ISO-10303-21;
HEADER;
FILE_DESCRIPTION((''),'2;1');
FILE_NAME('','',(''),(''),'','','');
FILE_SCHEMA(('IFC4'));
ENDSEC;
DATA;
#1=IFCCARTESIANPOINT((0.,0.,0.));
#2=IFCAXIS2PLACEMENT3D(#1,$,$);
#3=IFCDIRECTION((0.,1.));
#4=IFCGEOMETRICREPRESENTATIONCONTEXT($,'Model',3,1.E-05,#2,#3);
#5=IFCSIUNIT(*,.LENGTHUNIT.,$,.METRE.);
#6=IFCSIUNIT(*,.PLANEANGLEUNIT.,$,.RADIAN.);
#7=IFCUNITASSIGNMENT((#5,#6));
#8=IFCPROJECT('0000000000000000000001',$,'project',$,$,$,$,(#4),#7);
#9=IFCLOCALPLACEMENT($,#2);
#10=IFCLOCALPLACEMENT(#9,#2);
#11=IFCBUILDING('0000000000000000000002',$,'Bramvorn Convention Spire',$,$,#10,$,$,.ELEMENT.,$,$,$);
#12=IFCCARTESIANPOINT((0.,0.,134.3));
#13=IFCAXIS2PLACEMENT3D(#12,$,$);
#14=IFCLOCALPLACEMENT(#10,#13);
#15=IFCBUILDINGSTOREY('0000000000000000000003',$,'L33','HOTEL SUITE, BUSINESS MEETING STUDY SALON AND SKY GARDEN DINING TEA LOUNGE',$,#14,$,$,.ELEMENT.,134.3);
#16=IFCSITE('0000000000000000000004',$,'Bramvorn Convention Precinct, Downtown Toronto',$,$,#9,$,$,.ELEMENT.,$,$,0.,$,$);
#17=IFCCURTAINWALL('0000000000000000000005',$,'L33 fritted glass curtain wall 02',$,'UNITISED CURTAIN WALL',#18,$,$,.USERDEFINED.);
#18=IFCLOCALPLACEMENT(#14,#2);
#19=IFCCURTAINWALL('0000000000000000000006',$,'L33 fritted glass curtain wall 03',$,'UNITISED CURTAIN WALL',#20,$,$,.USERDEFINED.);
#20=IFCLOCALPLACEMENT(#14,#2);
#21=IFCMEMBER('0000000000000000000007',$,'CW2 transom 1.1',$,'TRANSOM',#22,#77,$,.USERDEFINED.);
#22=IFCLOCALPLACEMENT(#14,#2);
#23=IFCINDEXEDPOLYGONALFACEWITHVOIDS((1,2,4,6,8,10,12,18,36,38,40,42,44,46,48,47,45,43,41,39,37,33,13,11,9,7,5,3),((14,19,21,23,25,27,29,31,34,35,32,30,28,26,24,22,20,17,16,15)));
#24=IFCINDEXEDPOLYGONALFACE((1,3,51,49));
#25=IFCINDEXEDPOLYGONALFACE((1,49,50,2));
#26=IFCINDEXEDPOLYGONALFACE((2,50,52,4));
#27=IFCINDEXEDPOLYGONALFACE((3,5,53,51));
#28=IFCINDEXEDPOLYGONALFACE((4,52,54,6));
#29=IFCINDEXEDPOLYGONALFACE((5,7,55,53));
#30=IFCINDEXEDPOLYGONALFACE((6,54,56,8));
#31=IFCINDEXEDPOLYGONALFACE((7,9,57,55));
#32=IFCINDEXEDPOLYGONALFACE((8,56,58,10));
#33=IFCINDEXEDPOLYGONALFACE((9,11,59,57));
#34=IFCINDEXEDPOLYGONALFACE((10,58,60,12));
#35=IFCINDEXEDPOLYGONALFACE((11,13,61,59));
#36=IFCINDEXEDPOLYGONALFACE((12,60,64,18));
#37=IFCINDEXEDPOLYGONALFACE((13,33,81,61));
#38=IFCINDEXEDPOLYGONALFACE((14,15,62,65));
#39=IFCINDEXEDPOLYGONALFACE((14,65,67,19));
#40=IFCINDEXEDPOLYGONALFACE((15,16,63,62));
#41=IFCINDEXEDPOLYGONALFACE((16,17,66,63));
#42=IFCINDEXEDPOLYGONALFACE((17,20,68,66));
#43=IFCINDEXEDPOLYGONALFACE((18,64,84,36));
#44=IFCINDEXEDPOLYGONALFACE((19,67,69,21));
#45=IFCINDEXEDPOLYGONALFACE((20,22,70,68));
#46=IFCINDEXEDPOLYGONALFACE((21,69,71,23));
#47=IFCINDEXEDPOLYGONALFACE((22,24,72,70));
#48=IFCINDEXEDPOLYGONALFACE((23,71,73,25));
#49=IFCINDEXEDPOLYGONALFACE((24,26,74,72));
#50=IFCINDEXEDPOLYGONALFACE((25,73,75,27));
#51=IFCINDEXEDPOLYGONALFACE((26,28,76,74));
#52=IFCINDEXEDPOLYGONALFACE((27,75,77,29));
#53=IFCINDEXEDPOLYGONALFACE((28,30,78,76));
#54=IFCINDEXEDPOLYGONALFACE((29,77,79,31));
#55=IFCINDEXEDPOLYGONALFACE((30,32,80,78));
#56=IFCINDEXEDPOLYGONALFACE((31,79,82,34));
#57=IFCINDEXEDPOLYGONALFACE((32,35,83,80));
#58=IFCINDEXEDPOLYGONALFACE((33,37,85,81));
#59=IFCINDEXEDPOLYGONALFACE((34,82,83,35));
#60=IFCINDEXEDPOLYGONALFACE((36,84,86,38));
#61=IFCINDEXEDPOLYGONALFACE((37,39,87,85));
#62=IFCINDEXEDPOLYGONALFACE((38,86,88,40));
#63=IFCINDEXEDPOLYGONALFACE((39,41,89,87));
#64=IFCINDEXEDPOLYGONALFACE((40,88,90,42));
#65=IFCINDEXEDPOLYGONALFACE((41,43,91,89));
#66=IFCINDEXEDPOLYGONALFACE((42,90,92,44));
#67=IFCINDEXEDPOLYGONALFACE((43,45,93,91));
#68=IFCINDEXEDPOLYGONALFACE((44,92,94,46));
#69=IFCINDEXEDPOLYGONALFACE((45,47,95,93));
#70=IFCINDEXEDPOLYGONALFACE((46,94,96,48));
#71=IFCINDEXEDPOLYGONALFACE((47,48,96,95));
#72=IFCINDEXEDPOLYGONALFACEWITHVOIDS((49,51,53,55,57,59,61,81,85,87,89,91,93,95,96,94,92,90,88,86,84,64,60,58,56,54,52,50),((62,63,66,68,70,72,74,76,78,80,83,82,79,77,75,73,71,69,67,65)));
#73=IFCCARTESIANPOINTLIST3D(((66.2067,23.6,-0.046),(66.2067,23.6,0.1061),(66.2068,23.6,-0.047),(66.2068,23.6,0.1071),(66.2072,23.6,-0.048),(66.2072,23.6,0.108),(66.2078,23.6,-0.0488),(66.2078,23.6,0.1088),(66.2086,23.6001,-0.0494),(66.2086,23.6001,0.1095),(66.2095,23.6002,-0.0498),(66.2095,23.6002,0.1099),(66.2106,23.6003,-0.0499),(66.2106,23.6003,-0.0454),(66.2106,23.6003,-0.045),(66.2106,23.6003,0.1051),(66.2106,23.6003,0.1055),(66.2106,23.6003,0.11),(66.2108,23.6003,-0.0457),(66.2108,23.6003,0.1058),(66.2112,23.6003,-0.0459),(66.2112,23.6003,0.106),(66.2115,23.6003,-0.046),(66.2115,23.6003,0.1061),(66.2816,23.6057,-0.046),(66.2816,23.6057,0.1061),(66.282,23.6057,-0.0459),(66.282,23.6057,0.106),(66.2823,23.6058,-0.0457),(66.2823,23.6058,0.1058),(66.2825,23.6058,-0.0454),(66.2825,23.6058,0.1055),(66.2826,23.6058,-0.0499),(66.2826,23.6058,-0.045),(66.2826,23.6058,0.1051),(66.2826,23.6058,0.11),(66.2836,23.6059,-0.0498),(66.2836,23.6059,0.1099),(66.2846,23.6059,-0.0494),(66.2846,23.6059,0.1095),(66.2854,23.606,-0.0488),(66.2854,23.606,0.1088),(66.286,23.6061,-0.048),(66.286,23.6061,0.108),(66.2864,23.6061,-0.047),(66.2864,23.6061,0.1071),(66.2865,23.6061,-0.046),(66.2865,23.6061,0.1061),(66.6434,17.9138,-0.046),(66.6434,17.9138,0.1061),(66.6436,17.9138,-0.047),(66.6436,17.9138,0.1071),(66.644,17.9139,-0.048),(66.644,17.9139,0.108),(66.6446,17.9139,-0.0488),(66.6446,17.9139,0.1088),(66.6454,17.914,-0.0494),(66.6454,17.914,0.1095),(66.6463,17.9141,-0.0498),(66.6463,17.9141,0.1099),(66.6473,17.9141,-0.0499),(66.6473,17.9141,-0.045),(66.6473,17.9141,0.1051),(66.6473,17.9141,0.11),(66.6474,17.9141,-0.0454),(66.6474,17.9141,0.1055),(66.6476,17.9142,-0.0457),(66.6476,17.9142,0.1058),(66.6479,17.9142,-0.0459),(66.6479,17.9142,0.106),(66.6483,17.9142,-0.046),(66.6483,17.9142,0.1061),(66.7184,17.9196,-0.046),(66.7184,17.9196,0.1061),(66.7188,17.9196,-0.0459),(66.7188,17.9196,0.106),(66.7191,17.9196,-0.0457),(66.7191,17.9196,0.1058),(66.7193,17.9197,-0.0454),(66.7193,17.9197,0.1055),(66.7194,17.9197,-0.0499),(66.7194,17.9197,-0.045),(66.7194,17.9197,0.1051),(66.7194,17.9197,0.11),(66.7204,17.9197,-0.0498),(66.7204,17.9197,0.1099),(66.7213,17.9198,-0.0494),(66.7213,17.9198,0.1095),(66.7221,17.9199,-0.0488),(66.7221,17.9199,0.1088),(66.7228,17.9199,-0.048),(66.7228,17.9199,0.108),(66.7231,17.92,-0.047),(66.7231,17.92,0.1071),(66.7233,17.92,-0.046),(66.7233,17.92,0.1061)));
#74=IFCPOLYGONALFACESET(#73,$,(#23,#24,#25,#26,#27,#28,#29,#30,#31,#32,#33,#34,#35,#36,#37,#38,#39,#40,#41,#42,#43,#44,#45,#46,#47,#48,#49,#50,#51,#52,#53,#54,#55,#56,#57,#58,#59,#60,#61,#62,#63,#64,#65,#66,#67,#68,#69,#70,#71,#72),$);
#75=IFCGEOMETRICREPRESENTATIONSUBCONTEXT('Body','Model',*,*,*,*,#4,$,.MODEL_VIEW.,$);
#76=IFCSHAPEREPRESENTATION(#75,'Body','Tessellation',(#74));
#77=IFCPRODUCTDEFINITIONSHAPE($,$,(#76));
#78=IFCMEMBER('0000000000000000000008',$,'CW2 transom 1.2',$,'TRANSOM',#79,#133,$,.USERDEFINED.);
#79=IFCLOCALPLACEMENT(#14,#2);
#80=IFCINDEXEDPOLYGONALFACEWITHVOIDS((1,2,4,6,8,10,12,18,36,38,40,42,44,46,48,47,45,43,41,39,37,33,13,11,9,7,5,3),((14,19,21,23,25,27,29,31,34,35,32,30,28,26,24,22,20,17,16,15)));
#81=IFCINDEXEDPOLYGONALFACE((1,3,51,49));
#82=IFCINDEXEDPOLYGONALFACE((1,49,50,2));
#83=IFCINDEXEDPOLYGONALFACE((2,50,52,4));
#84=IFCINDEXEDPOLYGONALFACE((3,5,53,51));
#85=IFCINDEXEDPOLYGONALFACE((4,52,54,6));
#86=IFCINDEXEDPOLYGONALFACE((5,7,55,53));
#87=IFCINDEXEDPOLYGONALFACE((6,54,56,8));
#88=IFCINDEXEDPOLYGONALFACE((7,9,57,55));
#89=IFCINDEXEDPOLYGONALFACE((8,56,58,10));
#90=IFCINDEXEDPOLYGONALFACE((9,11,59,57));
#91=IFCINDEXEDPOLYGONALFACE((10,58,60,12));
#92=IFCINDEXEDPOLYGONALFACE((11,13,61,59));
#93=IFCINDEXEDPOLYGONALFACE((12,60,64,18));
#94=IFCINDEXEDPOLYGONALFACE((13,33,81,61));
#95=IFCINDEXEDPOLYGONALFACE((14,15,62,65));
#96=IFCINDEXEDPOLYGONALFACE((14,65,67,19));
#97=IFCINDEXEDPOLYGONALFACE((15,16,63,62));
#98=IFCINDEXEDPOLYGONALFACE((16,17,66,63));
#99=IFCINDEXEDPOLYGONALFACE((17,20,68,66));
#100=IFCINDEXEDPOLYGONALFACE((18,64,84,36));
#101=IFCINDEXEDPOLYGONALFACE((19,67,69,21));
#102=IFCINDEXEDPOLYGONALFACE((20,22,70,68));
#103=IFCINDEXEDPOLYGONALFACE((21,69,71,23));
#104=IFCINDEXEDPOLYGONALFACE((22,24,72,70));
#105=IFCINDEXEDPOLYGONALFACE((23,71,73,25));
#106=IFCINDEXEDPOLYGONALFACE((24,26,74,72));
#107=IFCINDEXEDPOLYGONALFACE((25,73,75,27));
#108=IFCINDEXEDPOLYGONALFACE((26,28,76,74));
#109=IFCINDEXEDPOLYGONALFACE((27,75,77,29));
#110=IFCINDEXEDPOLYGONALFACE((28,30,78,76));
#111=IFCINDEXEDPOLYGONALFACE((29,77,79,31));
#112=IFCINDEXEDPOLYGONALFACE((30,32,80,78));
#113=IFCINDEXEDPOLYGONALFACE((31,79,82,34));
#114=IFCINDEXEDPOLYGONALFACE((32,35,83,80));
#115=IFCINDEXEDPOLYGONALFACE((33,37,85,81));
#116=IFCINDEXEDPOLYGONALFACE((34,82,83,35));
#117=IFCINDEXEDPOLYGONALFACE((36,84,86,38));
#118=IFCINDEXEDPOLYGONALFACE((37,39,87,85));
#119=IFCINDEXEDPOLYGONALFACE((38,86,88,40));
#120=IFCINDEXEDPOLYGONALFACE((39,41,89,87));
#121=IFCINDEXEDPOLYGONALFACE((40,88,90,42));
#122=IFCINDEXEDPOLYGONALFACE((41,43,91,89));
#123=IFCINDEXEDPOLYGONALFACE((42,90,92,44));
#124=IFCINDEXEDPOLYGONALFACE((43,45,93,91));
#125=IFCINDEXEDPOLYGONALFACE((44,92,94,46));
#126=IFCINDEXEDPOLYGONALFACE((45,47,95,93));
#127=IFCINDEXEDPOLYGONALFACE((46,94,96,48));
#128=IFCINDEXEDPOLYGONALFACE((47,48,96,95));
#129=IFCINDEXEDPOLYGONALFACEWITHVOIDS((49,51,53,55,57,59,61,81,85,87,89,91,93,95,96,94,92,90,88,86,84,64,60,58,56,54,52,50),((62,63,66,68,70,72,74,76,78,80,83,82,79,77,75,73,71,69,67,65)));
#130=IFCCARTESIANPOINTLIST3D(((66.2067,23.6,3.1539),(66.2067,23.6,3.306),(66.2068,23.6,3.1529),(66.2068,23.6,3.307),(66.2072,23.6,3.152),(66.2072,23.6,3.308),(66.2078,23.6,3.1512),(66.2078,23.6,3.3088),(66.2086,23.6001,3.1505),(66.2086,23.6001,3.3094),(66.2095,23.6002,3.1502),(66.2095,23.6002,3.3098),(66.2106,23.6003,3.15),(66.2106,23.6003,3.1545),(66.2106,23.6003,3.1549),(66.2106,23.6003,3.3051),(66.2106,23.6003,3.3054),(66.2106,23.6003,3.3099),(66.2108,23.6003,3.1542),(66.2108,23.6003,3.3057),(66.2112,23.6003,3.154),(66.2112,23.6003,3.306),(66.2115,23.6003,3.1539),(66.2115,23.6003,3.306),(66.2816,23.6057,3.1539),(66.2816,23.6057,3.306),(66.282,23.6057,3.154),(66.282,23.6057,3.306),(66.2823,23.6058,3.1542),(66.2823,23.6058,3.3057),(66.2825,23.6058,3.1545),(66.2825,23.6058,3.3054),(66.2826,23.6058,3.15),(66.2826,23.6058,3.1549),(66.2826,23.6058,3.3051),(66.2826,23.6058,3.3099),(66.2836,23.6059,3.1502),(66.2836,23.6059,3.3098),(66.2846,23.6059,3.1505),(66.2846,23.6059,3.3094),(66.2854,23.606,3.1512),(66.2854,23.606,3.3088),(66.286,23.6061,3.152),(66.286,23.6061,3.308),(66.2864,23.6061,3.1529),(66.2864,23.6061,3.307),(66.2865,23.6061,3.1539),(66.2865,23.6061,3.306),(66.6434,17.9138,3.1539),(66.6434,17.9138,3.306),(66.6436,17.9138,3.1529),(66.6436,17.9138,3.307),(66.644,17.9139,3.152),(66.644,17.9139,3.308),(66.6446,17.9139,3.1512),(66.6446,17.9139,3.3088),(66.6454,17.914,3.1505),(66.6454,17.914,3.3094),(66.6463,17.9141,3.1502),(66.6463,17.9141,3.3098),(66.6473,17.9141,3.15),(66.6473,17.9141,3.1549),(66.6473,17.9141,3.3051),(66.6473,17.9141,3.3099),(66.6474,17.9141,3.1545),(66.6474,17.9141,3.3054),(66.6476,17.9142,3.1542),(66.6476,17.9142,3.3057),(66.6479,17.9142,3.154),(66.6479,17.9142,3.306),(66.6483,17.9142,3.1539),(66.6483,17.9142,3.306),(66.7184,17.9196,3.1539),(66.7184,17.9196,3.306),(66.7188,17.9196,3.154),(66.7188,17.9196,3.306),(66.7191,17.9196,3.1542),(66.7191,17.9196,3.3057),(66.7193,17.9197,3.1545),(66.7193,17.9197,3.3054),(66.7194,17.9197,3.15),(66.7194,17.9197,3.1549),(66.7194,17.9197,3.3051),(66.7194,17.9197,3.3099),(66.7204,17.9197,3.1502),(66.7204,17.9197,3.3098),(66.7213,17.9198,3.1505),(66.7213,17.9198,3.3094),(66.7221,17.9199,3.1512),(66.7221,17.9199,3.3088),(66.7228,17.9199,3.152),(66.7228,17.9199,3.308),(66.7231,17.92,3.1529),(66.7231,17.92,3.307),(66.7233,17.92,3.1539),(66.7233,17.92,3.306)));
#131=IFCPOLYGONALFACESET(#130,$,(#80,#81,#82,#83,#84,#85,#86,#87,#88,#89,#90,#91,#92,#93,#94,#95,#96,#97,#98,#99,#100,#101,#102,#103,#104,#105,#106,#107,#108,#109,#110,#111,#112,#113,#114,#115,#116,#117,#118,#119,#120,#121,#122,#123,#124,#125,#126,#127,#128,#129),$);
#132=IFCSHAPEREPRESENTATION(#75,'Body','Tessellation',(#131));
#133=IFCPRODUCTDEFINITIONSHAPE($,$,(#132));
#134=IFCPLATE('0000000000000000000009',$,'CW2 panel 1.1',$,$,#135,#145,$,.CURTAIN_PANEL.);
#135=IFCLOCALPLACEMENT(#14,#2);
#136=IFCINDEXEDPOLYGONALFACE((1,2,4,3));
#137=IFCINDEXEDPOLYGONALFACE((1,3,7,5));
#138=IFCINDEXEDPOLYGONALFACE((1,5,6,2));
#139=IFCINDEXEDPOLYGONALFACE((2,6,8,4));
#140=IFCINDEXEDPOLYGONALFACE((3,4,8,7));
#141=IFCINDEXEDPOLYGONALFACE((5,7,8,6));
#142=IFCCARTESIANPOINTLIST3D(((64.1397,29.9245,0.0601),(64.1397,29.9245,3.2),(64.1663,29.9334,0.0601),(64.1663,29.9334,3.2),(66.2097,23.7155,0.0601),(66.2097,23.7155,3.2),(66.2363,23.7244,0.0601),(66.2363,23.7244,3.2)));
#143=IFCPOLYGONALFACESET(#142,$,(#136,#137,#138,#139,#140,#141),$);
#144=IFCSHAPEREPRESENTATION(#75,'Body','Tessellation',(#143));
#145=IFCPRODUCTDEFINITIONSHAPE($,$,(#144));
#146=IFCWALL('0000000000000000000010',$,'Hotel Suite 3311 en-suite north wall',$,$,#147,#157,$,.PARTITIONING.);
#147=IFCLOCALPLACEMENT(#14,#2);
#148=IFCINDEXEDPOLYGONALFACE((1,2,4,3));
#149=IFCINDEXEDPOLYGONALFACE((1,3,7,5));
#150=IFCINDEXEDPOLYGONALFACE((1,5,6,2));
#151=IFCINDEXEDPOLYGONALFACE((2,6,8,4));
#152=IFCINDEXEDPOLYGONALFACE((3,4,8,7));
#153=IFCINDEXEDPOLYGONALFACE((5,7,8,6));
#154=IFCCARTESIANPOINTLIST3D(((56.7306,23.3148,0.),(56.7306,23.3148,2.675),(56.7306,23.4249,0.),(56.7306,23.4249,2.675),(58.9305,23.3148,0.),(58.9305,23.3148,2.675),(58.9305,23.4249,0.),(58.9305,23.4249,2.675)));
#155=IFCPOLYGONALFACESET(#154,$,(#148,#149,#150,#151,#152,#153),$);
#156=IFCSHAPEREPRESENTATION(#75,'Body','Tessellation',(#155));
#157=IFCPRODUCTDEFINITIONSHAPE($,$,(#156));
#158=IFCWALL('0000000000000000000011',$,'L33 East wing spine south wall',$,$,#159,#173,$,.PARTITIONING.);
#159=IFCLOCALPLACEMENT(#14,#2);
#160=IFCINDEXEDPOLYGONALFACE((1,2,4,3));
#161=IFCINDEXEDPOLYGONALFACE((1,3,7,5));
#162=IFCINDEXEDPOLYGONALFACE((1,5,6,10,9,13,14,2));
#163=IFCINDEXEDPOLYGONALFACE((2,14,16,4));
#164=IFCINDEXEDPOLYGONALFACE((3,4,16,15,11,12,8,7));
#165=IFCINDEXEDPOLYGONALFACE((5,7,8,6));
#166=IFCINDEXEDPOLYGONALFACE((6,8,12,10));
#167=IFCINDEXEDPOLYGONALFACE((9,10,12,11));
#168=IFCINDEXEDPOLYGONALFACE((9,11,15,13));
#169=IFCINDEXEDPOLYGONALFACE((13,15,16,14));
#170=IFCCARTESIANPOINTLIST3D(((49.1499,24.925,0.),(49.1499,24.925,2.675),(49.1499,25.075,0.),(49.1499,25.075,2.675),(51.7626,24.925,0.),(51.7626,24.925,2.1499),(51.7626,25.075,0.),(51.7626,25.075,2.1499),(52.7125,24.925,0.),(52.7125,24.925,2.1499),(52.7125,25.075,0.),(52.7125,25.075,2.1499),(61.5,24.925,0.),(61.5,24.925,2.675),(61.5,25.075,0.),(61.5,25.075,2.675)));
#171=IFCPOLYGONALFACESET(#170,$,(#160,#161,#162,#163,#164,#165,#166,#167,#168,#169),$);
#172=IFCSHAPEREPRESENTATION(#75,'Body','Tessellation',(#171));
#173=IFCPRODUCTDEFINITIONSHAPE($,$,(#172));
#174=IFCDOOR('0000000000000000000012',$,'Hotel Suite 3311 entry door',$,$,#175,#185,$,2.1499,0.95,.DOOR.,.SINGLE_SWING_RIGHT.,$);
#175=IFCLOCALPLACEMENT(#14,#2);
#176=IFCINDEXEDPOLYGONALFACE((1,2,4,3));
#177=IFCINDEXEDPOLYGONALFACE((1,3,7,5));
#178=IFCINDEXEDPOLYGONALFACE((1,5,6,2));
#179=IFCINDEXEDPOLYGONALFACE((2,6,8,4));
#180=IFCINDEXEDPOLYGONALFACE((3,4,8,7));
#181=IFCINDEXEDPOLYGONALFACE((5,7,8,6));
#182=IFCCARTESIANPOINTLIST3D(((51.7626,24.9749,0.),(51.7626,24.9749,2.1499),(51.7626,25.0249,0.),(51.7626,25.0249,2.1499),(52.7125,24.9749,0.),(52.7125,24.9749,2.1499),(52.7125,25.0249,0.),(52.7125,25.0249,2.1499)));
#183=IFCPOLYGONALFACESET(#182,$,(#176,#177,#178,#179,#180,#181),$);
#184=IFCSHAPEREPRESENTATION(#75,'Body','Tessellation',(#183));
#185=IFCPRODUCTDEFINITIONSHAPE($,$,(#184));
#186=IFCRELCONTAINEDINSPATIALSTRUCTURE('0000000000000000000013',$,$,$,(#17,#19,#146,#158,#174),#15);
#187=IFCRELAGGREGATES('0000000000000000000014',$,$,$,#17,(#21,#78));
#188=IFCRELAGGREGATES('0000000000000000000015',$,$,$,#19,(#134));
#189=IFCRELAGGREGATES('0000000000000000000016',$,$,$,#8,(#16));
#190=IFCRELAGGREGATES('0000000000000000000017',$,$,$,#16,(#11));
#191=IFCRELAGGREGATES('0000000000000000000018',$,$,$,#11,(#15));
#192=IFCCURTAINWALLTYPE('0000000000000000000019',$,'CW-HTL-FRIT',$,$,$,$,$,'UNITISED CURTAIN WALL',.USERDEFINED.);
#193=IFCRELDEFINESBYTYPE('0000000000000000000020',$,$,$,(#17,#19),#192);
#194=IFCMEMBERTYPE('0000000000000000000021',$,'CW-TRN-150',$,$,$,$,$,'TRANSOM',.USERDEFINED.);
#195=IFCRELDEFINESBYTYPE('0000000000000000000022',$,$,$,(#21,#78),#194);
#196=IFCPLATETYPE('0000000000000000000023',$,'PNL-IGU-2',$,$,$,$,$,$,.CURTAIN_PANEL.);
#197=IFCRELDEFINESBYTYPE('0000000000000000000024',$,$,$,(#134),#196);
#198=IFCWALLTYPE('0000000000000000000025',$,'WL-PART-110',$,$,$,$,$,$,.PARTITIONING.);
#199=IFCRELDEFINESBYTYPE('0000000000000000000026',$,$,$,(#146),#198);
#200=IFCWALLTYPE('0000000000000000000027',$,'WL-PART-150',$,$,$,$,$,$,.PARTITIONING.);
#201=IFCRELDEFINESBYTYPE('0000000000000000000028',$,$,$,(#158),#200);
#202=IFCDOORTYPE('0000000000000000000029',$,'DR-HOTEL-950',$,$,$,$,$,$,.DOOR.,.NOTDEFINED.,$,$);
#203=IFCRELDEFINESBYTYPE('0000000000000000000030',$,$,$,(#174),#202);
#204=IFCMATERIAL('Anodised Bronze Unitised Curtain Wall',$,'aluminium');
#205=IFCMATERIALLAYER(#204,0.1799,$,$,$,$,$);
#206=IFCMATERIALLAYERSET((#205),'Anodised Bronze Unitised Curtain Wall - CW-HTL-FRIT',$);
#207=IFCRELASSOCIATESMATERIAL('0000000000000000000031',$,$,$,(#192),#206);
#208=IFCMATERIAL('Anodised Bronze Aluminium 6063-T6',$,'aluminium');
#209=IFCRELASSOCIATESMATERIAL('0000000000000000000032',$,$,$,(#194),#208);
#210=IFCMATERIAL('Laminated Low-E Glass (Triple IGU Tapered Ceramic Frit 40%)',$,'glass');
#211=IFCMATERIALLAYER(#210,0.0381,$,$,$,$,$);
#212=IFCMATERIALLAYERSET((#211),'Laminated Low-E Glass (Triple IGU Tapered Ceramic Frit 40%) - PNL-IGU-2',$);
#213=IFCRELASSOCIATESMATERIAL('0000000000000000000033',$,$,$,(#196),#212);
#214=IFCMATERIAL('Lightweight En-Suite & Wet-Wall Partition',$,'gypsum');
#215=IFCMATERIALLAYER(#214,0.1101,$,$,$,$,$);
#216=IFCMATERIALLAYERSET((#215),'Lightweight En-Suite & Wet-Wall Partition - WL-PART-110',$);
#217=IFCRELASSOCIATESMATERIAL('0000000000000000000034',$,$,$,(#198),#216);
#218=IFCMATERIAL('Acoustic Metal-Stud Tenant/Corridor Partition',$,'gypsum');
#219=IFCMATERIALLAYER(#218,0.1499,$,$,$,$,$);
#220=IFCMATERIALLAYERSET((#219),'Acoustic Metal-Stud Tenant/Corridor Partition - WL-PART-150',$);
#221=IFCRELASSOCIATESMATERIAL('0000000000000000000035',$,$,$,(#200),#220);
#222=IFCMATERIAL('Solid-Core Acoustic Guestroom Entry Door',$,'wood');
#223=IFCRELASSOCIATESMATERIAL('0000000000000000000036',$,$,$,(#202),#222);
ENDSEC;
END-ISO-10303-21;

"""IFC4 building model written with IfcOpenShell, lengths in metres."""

from ifc_helpers import new_model, si_unit, direction, frame, frame_2d, origin, origin_2d, place, context, subcontext, project, spatial, rectangle, hollow_rectangle, extrude, material, layer, layer_set, material_profile, profile_set, type_object, element, fill, aggregate, save


model = new_model("IFC4")

# Units and contexts
model_context = context("Model", 3, precision=1e-05, world=origin(), true_north=direction((0.0, 1.0)))
body_context = subcontext(model_context, "Body", "Model", "MODEL_VIEW")
ifc_project = project(units=[si_unit("LENGTHUNIT", "METRE"), si_unit("PLANEANGLEUNIT", "RADIAN")], contexts=[model_context])

# Site, building, storey
site_placement = place(None, origin())
site = spatial("IfcSite", under=ifc_project, at=site_placement, Name="Bramvorn Convention Precinct, Downtown Toronto", CompositionType="ELEMENT", RefElevation=0.0)
building_placement = place(site_placement, origin())
building = spatial("IfcBuilding", under=site, at=building_placement, Name="Bramvorn Convention Spire", CompositionType="ELEMENT")
storey_placement = place(building_placement, frame((0.0, 0.0, 134.3)))
storey = spatial("IfcBuildingStorey", under=building, at=storey_placement, Name="L33", Description="HOTEL SUITE, BUSINESS MEETING STUDY SALON AND SKY GARDEN DINING TEA LOUNGE", CompositionType="ELEMENT", Elevation=134.3)

# Curtain walls
ifc_material_1 = material(Name="Anodised Bronze Unitised Curtain Wall", Category="aluminium")
ifc_layer_1 = layer(ifc_material_1, 0.1799)
ifc_layer_set_1 = layer_set([ifc_layer_1], Name="Anodised Bronze Unitised Curtain Wall - CW-HTL-FRIT")
curtain_wall_type = type_object("IfcCurtainWallType", Name="CW-HTL-FRIT", ElementType="UNITISED CURTAIN WALL", PredefinedType="USERDEFINED", material=ifc_layer_set_1)
curtain_wall_1_placement = place(storey_placement, origin())
curtain_wall_1 = element("IfcCurtainWall", 1, at=curtain_wall_1_placement, inside=storey, type_object=curtain_wall_type, Name="L33 fritted glass curtain wall 02", ObjectType="UNITISED CURTAIN WALL", PredefinedType="USERDEFINED")
ifc_material_2 = material(Name="Anodised Bronze Aluminium 6063-T6", Category="aluminium")
curtain_wall_2_placement = place(storey_placement, origin())
curtain_wall_2 = element("IfcCurtainWall", 2, at=curtain_wall_2_placement, inside=storey, type_object=curtain_wall_type, Name="L33 fritted glass curtain wall 03", ObjectType="UNITISED CURTAIN WALL", PredefinedType="USERDEFINED")

# Members
ifc_material_profile_1 = material_profile(ifc_material_2, hollow_rectangle(XDim=0.0801, YDim=0.1599, WallThickness=0.0039, InnerFilletRadius=0.001, OuterFilletRadius=0.0039, at=origin_2d()))
ifc_profile_set_1 = profile_set([ifc_material_profile_1], Name="Anodised Bronze Aluminium 6063-T6 - CWT80X160")
member_type_1 = type_object("IfcMemberType", Name="CW-TRN-150", ElementType="TRANSOM", PredefinedType="USERDEFINED", material=ifc_profile_set_1)
member_1_placement = place(storey_placement, frame((66.2466, 23.603, 0.03), z_axis=(0.076588, -0.997063, 0.0), x_axis=(0.997063, 0.076588, 0.0)))
member_1 = element("IfcMember", 3, at=member_1_placement, type_object=member_type_1, Name="CW2 transom 1.1", ObjectType="TRANSOM", PredefinedType="USERDEFINED", context=body_context, shape_type="SweptSolid", body=[
    extrude(hollow_rectangle(XDim=0.0801, YDim=0.1599, WallThickness=0.0039, InnerFilletRadius=0.001, OuterFilletRadius=0.0039, at=origin_2d()), origin(), (0.0, 0.0, 1.0), 5.7029),
])
member_2_placement = place(storey_placement, frame((66.2466, 23.603, 3.23), z_axis=(0.076588, -0.997063, 0.0), x_axis=(0.997063, 0.076588, 0.0)))
member_2 = element("IfcMember", 4, at=member_2_placement, type_object=member_type_1, Name="CW2 transom 1.2", ObjectType="TRANSOM", PredefinedType="USERDEFINED", context=body_context, shape_type="SweptSolid", body=[
    extrude(hollow_rectangle(XDim=0.0801, YDim=0.1599, WallThickness=0.0039, InnerFilletRadius=0.001, OuterFilletRadius=0.0039, at=origin_2d()), origin(), (0.0, 0.0, 1.0), 5.7029),
])
aggregate(curtain_wall_1, [member_1, member_2])

# Plate
ifc_material_3 = material(Name="Laminated Low-E Glass (Triple IGU Tapered Ceramic Frit 40%)", Category="glass")
ifc_layer_2 = layer(ifc_material_3, 0.0381)
ifc_layer_set_2 = layer_set([ifc_layer_2], Name="Laminated Low-E Glass (Triple IGU Tapered Ceramic Frit 40%) - PNL-IGU-2")
plate_type = type_object("IfcPlateType", Name="PNL-IGU-2", PredefinedType="CURTAIN_PANEL", material=ifc_layer_set_2)
plate_placement = place(storey_placement, frame((65.188, 26.8245, 0.0601), z_axis=(0.0, 0.0, 1.0), x_axis=(0.316277, -0.948667, 0.0)))
plate = element("IfcPlate", 5, at=plate_placement, type_object=plate_type, Name="CW2 panel 1.1", PredefinedType="CURTAIN_PANEL", context=body_context, shape_type="SweptSolid", body=[
    extrude(rectangle(XDim=6.5449, YDim=0.0281, at=origin_2d()), origin(), (0.0, 0.0, 1.0), 3.1399),
])
aggregate(curtain_wall_2, [plate])

# Wall
ifc_material_4 = material(Name="Lightweight En-Suite & Wet-Wall Partition", Category="gypsum")
ifc_layer_3 = layer(ifc_material_4, 0.1101)
ifc_layer_set_3 = layer_set([ifc_layer_3], Name="Lightweight En-Suite & Wet-Wall Partition - WL-PART-110")
wall_type_1 = type_object("IfcWallType", Name="WL-PART-110", PredefinedType="PARTITIONING", material=ifc_layer_set_3)
wall_1_placement = place(storey_placement, frame((56.7305, 23.3699, 0.0), z_axis=(0.0, 0.0, 1.0), x_axis=(1.0, 0.0, 0.0)))
element("IfcWall", 6, at=wall_1_placement, inside=storey, type_object=wall_type_1, Name="Hotel Suite 3311 en-suite north wall", PredefinedType="PARTITIONING", context=body_context, shape_type="SweptSolid", body=[
    extrude(rectangle(XDim=2.2, YDim=0.1101, at=frame_2d((1.1001, 0.0))), origin(), (0.0, 0.0, 1.0), 2.675),
])

# Wall, opening, door
ifc_material_5 = material(Name="Acoustic Metal-Stud Tenant/Corridor Partition", Category="gypsum")
ifc_layer_4 = layer(ifc_material_5, 0.1499)
ifc_layer_set_4 = layer_set([ifc_layer_4], Name="Acoustic Metal-Stud Tenant/Corridor Partition - WL-PART-150")
wall_type_2 = type_object("IfcWallType", Name="WL-PART-150", PredefinedType="PARTITIONING", material=ifc_layer_set_4)
wall_2_placement = place(storey_placement, frame((49.1499, 25.0, 0.0), z_axis=(0.0, 0.0, 1.0), x_axis=(1.0, 0.0, 0.0)))
wall_2 = element("IfcWall", 7, at=wall_2_placement, inside=storey, type_object=wall_type_2, Name="L33 East wing spine south wall", PredefinedType="PARTITIONING", context=body_context, shape_type="SweptSolid", body=[
    extrude(rectangle(XDim=12.3501, YDim=0.1499, at=frame_2d((6.175, 0.0))), origin(), (0.0, 0.0, 1.0), 2.675),
])
opening_placement = place(wall_2_placement, frame((2.6125, 0.0, 0.0)))
opening = element("IfcOpeningElement", 8, at=opening_placement, cuts=wall_2, PredefinedType="OPENING", context=body_context, shape_type="SweptSolid", body=[
    extrude(rectangle(XDim=0.95, YDim=2.1499, at=frame_2d((0.4751, 1.075))), frame((0.0, 0.085, 0.0), z_axis=(0.0, -1.0, 0.0), x_axis=(1.0, 0.0, 0.0)), (0.0, 0.0, 1.0), 0.1699),
])
ifc_material_6 = material(Name="Solid-Core Acoustic Guestroom Entry Door", Category="wood")
door_type = type_object("IfcDoorType", Name="DR-HOTEL-950", OperationType="NOTDEFINED", PredefinedType="DOOR", material=ifc_material_6)
door_placement = place(opening_placement, origin())
door = element("IfcDoor", 9, at=door_placement, inside=storey, type_object=door_type, Name="Hotel Suite 3311 entry door", OperationType="SINGLE_SWING_RIGHT", OverallHeight=2.1499, OverallWidth=0.95, PredefinedType="DOOR", context=body_context, shape_type="SweptSolid", body=[
    extrude(rectangle(XDim=0.95, YDim=2.1499, at=frame_2d((0.4751, 1.075))), frame((0.0, 0.0249, 0.0), z_axis=(0.0, -1.0, 0.0), x_axis=(1.0, 0.0, 0.0)), (0.0, 0.0, 1.0), 0.05),
])
fill(opening, door)

save(model, "model.ifc")
